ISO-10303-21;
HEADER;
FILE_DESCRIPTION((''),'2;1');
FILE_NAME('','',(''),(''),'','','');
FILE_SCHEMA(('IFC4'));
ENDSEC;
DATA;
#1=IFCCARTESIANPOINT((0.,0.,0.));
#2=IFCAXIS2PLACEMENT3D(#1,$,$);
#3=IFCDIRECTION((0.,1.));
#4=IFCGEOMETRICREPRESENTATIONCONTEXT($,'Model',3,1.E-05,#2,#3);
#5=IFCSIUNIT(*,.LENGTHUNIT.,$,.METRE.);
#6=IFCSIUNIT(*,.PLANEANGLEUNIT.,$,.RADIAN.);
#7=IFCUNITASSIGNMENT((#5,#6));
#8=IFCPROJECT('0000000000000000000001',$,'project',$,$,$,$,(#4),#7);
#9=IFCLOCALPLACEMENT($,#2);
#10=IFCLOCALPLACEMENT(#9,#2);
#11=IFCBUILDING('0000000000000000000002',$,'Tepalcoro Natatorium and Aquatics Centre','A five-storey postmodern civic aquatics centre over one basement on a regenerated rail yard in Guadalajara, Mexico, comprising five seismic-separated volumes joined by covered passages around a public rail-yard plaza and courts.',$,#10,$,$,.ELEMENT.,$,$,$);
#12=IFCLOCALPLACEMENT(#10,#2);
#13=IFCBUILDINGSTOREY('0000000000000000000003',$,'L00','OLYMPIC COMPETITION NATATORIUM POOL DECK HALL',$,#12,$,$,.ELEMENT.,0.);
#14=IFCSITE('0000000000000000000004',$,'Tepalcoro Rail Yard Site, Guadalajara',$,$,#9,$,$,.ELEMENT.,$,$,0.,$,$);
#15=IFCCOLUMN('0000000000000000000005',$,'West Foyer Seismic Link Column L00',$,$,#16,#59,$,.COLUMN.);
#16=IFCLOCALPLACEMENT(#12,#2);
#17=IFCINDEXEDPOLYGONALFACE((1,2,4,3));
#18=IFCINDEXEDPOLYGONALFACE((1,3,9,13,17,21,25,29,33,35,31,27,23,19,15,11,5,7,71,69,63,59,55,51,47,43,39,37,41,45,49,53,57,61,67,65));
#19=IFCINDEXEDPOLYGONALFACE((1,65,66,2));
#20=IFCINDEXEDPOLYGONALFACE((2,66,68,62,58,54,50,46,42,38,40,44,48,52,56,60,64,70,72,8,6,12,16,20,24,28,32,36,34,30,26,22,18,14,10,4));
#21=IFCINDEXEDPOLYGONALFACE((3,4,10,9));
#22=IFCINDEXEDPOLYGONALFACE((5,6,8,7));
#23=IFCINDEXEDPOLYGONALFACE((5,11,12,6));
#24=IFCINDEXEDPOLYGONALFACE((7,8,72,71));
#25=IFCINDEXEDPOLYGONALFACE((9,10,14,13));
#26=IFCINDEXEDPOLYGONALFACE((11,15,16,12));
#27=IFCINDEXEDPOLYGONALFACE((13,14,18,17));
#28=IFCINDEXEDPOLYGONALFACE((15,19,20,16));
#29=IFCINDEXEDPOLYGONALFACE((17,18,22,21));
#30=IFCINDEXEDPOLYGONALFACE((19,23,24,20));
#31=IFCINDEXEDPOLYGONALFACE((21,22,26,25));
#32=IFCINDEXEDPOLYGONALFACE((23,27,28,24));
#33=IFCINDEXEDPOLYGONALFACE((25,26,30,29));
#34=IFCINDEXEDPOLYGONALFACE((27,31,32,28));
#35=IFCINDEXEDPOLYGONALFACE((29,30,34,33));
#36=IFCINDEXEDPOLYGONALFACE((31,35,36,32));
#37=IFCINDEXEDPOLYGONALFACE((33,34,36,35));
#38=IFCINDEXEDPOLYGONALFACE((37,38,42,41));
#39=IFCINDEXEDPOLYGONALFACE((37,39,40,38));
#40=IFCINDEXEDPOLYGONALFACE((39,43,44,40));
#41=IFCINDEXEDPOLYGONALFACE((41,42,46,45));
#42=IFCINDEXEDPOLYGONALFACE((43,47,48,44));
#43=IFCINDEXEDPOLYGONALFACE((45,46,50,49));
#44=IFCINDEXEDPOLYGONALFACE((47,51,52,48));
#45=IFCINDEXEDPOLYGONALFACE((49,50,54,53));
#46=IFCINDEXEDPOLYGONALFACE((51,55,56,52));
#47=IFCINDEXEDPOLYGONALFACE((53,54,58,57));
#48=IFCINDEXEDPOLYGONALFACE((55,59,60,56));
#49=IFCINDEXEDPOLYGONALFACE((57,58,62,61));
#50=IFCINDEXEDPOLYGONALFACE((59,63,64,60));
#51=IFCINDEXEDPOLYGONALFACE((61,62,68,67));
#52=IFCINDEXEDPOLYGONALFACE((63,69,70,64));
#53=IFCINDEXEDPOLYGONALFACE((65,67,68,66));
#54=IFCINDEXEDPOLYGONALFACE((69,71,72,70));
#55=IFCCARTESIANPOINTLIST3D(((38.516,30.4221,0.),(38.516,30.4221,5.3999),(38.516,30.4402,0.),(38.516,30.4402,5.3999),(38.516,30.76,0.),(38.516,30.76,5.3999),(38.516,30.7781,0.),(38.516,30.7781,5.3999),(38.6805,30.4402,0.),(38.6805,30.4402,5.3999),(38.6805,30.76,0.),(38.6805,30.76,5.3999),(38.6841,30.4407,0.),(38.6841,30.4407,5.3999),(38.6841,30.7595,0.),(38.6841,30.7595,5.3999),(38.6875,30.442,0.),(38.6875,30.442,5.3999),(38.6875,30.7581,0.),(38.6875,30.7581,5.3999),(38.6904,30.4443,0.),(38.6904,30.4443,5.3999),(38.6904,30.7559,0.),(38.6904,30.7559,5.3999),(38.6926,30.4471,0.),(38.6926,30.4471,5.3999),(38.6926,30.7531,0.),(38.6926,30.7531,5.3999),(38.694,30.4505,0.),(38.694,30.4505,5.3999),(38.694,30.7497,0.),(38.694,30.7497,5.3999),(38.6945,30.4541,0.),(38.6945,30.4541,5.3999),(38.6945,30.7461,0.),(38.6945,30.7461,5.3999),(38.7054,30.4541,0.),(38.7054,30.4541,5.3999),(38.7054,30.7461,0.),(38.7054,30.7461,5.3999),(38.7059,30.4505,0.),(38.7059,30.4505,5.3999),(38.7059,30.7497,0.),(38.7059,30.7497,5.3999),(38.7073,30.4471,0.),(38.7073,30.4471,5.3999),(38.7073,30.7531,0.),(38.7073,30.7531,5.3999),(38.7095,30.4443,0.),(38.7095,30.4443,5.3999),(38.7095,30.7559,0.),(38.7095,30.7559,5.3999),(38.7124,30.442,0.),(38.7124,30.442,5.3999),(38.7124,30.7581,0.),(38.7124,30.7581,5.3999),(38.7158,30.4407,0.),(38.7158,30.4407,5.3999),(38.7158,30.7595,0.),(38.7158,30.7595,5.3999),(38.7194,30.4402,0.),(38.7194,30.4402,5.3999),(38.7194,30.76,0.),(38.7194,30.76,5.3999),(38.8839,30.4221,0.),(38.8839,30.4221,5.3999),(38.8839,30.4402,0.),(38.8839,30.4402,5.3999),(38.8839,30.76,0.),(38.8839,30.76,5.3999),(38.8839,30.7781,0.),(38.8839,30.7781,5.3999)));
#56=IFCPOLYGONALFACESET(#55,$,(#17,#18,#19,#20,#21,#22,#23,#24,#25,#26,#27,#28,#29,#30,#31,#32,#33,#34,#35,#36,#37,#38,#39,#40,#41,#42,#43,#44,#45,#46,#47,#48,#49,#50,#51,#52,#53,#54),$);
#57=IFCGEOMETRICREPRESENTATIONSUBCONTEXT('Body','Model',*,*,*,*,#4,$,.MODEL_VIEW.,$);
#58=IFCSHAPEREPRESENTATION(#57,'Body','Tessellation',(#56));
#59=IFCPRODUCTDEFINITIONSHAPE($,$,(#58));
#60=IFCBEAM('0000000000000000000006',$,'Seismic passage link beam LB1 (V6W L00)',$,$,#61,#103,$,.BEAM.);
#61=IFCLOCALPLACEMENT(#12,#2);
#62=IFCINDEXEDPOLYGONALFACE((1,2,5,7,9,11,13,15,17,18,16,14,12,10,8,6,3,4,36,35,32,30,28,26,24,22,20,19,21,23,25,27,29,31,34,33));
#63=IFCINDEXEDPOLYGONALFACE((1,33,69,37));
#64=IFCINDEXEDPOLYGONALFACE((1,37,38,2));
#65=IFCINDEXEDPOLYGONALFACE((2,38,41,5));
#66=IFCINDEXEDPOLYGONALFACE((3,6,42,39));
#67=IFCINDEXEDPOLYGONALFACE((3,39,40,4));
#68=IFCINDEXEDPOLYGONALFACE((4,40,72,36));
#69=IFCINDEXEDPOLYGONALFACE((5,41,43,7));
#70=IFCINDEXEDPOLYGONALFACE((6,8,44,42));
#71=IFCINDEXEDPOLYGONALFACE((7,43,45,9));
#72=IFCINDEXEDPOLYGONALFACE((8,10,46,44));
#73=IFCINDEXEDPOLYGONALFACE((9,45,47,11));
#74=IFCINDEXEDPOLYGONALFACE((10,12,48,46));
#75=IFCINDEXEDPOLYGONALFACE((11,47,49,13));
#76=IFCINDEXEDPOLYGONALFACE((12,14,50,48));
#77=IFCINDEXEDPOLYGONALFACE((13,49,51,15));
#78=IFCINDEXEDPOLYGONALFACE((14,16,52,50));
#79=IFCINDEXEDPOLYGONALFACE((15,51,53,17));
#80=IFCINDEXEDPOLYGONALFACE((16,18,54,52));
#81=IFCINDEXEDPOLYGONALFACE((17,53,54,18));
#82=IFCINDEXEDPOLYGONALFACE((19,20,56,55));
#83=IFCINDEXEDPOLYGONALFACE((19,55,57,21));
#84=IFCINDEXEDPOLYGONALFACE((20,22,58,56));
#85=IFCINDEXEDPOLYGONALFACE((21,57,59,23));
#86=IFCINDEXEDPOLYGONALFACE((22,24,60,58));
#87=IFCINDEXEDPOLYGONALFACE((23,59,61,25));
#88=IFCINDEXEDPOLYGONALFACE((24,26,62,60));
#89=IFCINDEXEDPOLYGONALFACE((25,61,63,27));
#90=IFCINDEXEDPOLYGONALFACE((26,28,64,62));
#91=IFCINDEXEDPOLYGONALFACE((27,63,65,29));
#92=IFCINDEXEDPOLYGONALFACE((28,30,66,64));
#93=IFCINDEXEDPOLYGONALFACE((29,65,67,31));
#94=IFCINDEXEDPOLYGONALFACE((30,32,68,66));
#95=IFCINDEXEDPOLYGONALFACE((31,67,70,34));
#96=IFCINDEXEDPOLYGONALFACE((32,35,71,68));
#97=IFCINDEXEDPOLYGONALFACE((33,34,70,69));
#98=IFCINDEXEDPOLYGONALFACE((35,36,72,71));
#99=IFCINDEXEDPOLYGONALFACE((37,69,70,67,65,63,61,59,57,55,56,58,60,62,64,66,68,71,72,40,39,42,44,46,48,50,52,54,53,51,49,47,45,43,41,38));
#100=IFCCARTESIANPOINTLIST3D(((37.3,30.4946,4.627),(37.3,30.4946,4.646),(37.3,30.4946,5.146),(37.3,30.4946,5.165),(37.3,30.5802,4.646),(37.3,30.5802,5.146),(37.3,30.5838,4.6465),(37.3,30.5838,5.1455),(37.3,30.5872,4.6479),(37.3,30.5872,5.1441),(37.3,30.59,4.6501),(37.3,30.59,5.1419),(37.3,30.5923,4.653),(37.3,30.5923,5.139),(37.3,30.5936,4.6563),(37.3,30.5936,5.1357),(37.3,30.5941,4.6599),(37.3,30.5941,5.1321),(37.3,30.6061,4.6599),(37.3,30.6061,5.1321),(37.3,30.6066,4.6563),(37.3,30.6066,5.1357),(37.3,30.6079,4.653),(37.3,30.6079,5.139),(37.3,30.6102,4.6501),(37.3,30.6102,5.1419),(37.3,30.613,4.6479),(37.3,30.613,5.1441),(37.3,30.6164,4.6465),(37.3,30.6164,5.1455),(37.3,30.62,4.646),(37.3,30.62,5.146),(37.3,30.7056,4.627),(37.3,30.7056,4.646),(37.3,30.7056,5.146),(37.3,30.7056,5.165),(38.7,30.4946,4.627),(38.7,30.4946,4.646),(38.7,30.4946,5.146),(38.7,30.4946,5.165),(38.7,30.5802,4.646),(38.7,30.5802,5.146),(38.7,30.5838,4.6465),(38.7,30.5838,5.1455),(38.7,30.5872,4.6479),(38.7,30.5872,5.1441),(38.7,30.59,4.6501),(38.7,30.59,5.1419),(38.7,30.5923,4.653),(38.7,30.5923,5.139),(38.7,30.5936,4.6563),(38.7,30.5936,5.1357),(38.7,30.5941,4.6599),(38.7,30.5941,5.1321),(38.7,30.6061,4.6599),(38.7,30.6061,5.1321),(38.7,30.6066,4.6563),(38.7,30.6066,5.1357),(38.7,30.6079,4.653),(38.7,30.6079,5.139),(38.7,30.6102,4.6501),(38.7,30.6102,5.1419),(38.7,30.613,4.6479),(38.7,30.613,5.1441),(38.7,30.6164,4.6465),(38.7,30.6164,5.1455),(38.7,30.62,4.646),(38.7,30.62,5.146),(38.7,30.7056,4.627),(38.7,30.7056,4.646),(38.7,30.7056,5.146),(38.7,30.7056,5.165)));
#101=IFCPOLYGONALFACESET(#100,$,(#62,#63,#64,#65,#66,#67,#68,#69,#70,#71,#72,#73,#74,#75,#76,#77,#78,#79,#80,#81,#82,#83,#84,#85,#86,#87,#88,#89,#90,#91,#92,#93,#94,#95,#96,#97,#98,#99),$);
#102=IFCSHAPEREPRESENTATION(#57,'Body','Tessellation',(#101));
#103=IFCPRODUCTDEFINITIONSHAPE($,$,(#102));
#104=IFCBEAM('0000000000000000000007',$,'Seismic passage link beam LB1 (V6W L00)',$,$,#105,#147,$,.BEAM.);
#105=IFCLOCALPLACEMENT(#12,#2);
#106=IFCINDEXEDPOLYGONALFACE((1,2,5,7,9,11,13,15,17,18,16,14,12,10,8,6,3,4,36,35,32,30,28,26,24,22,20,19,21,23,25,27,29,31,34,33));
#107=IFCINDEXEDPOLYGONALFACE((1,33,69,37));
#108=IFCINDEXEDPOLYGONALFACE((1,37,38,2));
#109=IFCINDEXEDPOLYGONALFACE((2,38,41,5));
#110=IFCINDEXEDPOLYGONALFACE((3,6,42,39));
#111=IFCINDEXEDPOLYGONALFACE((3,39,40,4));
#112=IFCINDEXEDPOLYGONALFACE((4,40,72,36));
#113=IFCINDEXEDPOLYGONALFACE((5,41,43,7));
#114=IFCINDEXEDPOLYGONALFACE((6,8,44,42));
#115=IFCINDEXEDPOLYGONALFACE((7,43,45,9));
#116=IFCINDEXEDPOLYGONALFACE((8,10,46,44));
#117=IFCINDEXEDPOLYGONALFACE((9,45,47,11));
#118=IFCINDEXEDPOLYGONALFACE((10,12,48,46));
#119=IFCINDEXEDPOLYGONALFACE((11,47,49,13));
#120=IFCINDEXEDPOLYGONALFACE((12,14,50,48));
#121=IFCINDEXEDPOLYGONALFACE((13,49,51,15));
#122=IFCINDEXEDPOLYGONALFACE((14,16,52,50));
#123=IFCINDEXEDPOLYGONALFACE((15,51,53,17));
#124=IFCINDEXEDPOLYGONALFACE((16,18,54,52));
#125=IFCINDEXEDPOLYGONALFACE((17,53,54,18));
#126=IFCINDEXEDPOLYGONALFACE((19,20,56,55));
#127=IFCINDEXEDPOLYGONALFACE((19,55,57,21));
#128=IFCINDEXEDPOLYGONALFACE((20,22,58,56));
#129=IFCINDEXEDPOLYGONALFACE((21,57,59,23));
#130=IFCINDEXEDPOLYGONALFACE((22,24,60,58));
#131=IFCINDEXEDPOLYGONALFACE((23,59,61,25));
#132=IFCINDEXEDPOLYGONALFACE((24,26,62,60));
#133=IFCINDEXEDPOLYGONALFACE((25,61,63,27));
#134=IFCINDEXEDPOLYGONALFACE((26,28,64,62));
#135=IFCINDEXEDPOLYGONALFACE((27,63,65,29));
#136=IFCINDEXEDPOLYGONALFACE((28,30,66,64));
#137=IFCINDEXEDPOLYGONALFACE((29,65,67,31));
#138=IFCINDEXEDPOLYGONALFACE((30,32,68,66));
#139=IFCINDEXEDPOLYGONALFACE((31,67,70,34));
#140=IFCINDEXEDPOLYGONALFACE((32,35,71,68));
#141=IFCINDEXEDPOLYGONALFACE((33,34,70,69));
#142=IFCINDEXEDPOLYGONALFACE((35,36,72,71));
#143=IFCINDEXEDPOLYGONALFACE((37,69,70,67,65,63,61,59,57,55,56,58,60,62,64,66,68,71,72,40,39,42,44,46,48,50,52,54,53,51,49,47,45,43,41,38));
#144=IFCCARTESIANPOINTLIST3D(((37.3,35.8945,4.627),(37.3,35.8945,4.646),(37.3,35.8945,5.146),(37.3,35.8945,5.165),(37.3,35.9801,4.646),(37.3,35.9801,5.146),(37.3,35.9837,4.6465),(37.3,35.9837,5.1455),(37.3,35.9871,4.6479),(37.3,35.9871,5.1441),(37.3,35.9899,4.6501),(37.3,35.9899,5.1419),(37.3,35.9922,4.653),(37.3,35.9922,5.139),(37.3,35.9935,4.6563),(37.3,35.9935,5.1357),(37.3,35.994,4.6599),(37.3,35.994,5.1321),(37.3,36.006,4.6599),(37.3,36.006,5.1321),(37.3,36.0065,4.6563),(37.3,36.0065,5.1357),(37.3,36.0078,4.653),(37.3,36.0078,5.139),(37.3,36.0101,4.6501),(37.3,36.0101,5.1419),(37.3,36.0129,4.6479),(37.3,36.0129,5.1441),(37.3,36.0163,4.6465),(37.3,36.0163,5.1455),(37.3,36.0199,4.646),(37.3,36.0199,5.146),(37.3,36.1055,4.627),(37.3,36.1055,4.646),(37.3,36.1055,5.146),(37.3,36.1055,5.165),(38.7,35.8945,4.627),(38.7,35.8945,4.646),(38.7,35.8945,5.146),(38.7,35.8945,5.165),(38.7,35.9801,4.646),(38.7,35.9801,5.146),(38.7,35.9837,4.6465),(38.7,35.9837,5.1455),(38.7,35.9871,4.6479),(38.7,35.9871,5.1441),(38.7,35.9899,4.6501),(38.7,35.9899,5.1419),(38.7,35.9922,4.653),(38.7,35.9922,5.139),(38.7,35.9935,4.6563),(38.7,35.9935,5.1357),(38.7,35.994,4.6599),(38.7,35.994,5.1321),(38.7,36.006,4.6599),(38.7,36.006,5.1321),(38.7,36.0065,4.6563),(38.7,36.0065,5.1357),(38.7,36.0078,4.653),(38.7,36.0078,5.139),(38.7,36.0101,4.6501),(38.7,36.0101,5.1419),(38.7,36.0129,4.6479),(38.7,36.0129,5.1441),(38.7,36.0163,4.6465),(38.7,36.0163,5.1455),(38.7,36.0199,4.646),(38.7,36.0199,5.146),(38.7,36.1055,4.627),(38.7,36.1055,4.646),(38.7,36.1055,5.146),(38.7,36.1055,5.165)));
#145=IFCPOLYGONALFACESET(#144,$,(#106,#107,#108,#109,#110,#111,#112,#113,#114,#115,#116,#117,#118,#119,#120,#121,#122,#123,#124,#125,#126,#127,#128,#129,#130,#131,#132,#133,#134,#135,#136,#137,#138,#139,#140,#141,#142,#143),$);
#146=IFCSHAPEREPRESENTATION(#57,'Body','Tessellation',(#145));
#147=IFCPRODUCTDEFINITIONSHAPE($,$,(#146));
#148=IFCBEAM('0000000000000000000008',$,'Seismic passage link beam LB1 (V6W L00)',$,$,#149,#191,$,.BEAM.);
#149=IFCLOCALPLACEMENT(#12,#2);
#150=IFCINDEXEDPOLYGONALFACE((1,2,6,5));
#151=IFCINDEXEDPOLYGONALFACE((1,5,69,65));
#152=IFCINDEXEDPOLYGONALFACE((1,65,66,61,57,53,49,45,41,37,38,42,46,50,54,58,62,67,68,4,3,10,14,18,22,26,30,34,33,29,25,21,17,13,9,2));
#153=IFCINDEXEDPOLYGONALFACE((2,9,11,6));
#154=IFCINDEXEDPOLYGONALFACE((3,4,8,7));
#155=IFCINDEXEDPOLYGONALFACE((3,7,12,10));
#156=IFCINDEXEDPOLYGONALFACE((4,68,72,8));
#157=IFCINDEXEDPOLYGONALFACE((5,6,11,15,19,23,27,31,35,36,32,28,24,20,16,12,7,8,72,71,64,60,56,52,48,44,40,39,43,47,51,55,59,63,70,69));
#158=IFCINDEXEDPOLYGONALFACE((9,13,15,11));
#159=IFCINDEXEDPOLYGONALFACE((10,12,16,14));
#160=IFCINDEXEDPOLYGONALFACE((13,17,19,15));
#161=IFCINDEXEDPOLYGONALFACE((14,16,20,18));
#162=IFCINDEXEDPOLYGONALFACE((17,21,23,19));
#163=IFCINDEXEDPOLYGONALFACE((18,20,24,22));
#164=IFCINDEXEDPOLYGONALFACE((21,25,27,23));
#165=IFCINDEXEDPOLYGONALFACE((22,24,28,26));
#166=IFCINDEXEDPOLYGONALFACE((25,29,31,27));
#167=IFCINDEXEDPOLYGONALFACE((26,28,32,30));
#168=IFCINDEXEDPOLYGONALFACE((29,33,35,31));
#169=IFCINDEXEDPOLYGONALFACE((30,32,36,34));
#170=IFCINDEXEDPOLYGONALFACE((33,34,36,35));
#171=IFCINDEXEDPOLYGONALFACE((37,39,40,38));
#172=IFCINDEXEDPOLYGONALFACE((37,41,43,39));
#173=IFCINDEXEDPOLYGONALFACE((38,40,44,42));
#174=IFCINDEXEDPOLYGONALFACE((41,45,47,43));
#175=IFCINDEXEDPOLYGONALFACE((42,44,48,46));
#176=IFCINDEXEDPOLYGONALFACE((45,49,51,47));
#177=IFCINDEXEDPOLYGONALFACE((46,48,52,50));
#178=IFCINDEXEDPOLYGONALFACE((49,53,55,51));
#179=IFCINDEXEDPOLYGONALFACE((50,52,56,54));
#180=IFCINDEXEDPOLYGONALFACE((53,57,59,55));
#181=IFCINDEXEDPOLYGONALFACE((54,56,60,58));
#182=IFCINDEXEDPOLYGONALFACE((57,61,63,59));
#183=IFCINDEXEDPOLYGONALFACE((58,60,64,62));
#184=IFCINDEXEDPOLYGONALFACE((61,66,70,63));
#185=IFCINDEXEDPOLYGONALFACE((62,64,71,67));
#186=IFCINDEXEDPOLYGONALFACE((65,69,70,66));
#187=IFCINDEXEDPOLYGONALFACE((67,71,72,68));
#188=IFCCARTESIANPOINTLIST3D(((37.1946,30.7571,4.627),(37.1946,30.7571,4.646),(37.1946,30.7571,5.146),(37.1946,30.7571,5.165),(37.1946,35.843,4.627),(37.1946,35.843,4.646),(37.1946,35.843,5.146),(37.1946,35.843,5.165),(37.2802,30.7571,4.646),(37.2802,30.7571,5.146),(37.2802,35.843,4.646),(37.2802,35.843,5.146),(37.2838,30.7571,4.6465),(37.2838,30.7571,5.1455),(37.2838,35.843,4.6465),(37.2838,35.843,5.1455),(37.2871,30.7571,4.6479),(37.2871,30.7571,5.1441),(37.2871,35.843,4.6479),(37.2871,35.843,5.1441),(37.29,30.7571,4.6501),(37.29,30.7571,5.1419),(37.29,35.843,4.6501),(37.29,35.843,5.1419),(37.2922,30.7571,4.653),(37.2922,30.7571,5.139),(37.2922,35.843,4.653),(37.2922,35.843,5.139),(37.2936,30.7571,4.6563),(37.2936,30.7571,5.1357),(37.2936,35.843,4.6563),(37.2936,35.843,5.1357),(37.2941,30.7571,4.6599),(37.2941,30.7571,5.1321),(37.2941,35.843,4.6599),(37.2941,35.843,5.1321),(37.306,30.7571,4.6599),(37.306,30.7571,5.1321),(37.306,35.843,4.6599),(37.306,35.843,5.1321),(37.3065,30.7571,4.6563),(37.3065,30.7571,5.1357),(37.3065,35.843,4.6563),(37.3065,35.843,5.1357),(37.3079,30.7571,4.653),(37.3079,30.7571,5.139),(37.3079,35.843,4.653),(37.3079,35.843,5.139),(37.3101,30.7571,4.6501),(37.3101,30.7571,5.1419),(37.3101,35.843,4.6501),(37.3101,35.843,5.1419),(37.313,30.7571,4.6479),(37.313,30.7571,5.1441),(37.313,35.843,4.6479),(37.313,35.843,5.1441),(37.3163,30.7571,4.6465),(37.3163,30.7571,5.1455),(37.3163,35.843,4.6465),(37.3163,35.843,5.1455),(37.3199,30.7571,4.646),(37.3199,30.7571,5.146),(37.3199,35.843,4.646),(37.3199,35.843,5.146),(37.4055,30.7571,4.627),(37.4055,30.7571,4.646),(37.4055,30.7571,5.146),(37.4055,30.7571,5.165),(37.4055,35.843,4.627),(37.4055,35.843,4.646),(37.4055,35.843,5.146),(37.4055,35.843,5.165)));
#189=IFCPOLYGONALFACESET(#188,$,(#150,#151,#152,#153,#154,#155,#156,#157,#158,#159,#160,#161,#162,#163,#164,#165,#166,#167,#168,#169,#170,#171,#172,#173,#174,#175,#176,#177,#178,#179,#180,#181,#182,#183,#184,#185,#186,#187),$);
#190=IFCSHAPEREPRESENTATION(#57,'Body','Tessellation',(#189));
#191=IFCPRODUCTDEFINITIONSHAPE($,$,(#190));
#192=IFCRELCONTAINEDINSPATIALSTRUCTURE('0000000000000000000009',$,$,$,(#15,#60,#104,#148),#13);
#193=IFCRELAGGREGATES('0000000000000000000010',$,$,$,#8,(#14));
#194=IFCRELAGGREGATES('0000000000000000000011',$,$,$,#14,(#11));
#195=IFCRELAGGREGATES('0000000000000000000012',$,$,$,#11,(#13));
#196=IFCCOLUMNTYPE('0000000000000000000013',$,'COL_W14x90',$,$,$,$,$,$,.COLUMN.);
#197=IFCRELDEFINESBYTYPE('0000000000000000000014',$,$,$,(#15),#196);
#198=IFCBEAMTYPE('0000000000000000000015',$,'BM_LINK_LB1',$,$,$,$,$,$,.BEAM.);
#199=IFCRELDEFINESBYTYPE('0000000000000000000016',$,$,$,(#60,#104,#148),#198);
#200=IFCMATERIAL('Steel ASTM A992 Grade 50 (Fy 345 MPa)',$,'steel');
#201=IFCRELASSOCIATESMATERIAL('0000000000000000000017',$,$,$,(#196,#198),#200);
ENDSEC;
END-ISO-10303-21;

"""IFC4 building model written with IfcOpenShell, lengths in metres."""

from ifc_helpers import new_model, si_unit, direction, frame, origin, origin_2d, place, context, subcontext, project, spatial, i_section, extrude, material, material_profile, profile_set, type_object, element, save


model = new_model("IFC4")

# Units and contexts
model_context = context("Model", 3, precision=1e-05, world=origin(), true_north=direction((0.0, 1.0)))
body_context = subcontext(model_context, "Body", "Model", "MODEL_VIEW")
ifc_project = project(units=[si_unit("LENGTHUNIT", "METRE"), si_unit("PLANEANGLEUNIT", "RADIAN")], contexts=[model_context])

# Site, building, storey
site_placement = place(None, origin())
site = spatial("IfcSite", under=ifc_project, at=site_placement, Name="Tepalcoro Rail Yard Site, Guadalajara", CompositionType="ELEMENT", RefElevation=0.0)
building_placement = place(site_placement, origin())
building = spatial("IfcBuilding", under=site, at=building_placement, Name="Tepalcoro Natatorium and Aquatics Centre", Description="A five-storey postmodern civic aquatics centre over one basement on a regenerated rail yard in Guadalajara, Mexico, comprising five seismic-separated volumes joined by covered passages around a public rail-yard plaza and courts.", CompositionType="ELEMENT")
storey_placement = place(building_placement, origin())
storey = spatial("IfcBuildingStorey", under=building, at=storey_placement, Name="L00", Description="OLYMPIC COMPETITION NATATORIUM POOL DECK HALL", CompositionType="ELEMENT", Elevation=0.0)

# Column
ifc_material_1 = material(Name="Steel ASTM A992 Grade 50 (Fy 345 MPa)", Category="steel")
ifc_material_profile_1 = material_profile(ifc_material_1, i_section(OverallWidth=0.3679, OverallDepth=0.356, WebThickness=0.011, FlangeThickness=0.0181, FilletRadius=0.0139, at=origin_2d()), Name="W14X90")
ifc_profile_set_1 = profile_set([ifc_material_profile_1], Name="Steel ASTM A992 Grade 50 (Fy 345 MPa)")
column_type_1 = type_object("IfcColumnType", Name="COL_W14x90", PredefinedType="COLUMN", material=ifc_profile_set_1)
for number, where, z_axis, x_axis, name in (
    (1, (38.7, 30.6001, 0.0), (0.0, 0.0, 1.0), (1.0, 0.0, 0.0), "West Foyer Seismic Link Column L00"),
):
    element("IfcColumn", number, at=place(storey_placement, frame(where, z_axis=z_axis, x_axis=x_axis)), inside=storey, type_object=column_type_1, Name=name, PredefinedType="COLUMN", context=body_context, shape_type="SweptSolid", body=[
        extrude(i_section(OverallWidth=0.3679, OverallDepth=0.356, WebThickness=0.011, FlangeThickness=0.0181, FilletRadius=0.0139, at=origin_2d()), origin(), (0.0, 0.0, 1.0), 5.3999),
    ])

# Beams
ifc_material_profile_2 = material_profile(ifc_material_1, i_section(OverallWidth=0.2109, OverallDepth=0.5381, WebThickness=0.012, FlangeThickness=0.019, FilletRadius=0.0139, at=origin_2d()), Name="W21X73")
ifc_profile_set_2 = profile_set([ifc_material_profile_2], Name="Steel ASTM A992 Grade 50 (Fy 345 MPa)")
beam_type_1 = type_object("IfcBeamType", Name="BM_LINK_LB1", PredefinedType="BEAM", material=ifc_profile_set_2)
for number, where, z_axis, x_axis, name in (
    (2, (37.3, 30.6001, 4.896), (1.0, 0.0, 0.0), (0.0, 1.0, 0.0), "Seismic passage link beam LB1 (V6W L00)"),
    (3, (37.3, 36.0, 4.896), (1.0, 0.0, 0.0), (0.0, 1.0, 0.0), "Seismic passage link beam LB1 (V6W L00)"),
):
    element("IfcBeam", number, at=place(storey_placement, frame(where, z_axis=z_axis, x_axis=x_axis)), inside=storey, type_object=beam_type_1, Name=name, PredefinedType="BEAM", context=body_context, shape_type="SweptSolid", body=[
        extrude(i_section(OverallWidth=0.2109, OverallDepth=0.5381, WebThickness=0.012, FlangeThickness=0.019, FilletRadius=0.0139, at=origin_2d()), origin(), (0.0, 0.0, 1.0), 1.3999),
    ])
beam_1_placement = place(storey_placement, frame((37.3, 30.7571, 4.896), z_axis=(0.0, 1.0, 0.0), x_axis=(-1.0, 0.0, 0.0)))
element("IfcBeam", 4, at=beam_1_placement, inside=storey, type_object=beam_type_1, Name="Seismic passage link beam LB1 (V6W L00)", PredefinedType="BEAM", context=body_context, shape_type="SweptSolid", body=[
    extrude(i_section(OverallWidth=0.2109, OverallDepth=0.5381, WebThickness=0.012, FlangeThickness=0.019, FilletRadius=0.0139, at=origin_2d()), origin(), (0.0, 0.0, 1.0), 5.0859),
])

save(model, "model.ifc")
